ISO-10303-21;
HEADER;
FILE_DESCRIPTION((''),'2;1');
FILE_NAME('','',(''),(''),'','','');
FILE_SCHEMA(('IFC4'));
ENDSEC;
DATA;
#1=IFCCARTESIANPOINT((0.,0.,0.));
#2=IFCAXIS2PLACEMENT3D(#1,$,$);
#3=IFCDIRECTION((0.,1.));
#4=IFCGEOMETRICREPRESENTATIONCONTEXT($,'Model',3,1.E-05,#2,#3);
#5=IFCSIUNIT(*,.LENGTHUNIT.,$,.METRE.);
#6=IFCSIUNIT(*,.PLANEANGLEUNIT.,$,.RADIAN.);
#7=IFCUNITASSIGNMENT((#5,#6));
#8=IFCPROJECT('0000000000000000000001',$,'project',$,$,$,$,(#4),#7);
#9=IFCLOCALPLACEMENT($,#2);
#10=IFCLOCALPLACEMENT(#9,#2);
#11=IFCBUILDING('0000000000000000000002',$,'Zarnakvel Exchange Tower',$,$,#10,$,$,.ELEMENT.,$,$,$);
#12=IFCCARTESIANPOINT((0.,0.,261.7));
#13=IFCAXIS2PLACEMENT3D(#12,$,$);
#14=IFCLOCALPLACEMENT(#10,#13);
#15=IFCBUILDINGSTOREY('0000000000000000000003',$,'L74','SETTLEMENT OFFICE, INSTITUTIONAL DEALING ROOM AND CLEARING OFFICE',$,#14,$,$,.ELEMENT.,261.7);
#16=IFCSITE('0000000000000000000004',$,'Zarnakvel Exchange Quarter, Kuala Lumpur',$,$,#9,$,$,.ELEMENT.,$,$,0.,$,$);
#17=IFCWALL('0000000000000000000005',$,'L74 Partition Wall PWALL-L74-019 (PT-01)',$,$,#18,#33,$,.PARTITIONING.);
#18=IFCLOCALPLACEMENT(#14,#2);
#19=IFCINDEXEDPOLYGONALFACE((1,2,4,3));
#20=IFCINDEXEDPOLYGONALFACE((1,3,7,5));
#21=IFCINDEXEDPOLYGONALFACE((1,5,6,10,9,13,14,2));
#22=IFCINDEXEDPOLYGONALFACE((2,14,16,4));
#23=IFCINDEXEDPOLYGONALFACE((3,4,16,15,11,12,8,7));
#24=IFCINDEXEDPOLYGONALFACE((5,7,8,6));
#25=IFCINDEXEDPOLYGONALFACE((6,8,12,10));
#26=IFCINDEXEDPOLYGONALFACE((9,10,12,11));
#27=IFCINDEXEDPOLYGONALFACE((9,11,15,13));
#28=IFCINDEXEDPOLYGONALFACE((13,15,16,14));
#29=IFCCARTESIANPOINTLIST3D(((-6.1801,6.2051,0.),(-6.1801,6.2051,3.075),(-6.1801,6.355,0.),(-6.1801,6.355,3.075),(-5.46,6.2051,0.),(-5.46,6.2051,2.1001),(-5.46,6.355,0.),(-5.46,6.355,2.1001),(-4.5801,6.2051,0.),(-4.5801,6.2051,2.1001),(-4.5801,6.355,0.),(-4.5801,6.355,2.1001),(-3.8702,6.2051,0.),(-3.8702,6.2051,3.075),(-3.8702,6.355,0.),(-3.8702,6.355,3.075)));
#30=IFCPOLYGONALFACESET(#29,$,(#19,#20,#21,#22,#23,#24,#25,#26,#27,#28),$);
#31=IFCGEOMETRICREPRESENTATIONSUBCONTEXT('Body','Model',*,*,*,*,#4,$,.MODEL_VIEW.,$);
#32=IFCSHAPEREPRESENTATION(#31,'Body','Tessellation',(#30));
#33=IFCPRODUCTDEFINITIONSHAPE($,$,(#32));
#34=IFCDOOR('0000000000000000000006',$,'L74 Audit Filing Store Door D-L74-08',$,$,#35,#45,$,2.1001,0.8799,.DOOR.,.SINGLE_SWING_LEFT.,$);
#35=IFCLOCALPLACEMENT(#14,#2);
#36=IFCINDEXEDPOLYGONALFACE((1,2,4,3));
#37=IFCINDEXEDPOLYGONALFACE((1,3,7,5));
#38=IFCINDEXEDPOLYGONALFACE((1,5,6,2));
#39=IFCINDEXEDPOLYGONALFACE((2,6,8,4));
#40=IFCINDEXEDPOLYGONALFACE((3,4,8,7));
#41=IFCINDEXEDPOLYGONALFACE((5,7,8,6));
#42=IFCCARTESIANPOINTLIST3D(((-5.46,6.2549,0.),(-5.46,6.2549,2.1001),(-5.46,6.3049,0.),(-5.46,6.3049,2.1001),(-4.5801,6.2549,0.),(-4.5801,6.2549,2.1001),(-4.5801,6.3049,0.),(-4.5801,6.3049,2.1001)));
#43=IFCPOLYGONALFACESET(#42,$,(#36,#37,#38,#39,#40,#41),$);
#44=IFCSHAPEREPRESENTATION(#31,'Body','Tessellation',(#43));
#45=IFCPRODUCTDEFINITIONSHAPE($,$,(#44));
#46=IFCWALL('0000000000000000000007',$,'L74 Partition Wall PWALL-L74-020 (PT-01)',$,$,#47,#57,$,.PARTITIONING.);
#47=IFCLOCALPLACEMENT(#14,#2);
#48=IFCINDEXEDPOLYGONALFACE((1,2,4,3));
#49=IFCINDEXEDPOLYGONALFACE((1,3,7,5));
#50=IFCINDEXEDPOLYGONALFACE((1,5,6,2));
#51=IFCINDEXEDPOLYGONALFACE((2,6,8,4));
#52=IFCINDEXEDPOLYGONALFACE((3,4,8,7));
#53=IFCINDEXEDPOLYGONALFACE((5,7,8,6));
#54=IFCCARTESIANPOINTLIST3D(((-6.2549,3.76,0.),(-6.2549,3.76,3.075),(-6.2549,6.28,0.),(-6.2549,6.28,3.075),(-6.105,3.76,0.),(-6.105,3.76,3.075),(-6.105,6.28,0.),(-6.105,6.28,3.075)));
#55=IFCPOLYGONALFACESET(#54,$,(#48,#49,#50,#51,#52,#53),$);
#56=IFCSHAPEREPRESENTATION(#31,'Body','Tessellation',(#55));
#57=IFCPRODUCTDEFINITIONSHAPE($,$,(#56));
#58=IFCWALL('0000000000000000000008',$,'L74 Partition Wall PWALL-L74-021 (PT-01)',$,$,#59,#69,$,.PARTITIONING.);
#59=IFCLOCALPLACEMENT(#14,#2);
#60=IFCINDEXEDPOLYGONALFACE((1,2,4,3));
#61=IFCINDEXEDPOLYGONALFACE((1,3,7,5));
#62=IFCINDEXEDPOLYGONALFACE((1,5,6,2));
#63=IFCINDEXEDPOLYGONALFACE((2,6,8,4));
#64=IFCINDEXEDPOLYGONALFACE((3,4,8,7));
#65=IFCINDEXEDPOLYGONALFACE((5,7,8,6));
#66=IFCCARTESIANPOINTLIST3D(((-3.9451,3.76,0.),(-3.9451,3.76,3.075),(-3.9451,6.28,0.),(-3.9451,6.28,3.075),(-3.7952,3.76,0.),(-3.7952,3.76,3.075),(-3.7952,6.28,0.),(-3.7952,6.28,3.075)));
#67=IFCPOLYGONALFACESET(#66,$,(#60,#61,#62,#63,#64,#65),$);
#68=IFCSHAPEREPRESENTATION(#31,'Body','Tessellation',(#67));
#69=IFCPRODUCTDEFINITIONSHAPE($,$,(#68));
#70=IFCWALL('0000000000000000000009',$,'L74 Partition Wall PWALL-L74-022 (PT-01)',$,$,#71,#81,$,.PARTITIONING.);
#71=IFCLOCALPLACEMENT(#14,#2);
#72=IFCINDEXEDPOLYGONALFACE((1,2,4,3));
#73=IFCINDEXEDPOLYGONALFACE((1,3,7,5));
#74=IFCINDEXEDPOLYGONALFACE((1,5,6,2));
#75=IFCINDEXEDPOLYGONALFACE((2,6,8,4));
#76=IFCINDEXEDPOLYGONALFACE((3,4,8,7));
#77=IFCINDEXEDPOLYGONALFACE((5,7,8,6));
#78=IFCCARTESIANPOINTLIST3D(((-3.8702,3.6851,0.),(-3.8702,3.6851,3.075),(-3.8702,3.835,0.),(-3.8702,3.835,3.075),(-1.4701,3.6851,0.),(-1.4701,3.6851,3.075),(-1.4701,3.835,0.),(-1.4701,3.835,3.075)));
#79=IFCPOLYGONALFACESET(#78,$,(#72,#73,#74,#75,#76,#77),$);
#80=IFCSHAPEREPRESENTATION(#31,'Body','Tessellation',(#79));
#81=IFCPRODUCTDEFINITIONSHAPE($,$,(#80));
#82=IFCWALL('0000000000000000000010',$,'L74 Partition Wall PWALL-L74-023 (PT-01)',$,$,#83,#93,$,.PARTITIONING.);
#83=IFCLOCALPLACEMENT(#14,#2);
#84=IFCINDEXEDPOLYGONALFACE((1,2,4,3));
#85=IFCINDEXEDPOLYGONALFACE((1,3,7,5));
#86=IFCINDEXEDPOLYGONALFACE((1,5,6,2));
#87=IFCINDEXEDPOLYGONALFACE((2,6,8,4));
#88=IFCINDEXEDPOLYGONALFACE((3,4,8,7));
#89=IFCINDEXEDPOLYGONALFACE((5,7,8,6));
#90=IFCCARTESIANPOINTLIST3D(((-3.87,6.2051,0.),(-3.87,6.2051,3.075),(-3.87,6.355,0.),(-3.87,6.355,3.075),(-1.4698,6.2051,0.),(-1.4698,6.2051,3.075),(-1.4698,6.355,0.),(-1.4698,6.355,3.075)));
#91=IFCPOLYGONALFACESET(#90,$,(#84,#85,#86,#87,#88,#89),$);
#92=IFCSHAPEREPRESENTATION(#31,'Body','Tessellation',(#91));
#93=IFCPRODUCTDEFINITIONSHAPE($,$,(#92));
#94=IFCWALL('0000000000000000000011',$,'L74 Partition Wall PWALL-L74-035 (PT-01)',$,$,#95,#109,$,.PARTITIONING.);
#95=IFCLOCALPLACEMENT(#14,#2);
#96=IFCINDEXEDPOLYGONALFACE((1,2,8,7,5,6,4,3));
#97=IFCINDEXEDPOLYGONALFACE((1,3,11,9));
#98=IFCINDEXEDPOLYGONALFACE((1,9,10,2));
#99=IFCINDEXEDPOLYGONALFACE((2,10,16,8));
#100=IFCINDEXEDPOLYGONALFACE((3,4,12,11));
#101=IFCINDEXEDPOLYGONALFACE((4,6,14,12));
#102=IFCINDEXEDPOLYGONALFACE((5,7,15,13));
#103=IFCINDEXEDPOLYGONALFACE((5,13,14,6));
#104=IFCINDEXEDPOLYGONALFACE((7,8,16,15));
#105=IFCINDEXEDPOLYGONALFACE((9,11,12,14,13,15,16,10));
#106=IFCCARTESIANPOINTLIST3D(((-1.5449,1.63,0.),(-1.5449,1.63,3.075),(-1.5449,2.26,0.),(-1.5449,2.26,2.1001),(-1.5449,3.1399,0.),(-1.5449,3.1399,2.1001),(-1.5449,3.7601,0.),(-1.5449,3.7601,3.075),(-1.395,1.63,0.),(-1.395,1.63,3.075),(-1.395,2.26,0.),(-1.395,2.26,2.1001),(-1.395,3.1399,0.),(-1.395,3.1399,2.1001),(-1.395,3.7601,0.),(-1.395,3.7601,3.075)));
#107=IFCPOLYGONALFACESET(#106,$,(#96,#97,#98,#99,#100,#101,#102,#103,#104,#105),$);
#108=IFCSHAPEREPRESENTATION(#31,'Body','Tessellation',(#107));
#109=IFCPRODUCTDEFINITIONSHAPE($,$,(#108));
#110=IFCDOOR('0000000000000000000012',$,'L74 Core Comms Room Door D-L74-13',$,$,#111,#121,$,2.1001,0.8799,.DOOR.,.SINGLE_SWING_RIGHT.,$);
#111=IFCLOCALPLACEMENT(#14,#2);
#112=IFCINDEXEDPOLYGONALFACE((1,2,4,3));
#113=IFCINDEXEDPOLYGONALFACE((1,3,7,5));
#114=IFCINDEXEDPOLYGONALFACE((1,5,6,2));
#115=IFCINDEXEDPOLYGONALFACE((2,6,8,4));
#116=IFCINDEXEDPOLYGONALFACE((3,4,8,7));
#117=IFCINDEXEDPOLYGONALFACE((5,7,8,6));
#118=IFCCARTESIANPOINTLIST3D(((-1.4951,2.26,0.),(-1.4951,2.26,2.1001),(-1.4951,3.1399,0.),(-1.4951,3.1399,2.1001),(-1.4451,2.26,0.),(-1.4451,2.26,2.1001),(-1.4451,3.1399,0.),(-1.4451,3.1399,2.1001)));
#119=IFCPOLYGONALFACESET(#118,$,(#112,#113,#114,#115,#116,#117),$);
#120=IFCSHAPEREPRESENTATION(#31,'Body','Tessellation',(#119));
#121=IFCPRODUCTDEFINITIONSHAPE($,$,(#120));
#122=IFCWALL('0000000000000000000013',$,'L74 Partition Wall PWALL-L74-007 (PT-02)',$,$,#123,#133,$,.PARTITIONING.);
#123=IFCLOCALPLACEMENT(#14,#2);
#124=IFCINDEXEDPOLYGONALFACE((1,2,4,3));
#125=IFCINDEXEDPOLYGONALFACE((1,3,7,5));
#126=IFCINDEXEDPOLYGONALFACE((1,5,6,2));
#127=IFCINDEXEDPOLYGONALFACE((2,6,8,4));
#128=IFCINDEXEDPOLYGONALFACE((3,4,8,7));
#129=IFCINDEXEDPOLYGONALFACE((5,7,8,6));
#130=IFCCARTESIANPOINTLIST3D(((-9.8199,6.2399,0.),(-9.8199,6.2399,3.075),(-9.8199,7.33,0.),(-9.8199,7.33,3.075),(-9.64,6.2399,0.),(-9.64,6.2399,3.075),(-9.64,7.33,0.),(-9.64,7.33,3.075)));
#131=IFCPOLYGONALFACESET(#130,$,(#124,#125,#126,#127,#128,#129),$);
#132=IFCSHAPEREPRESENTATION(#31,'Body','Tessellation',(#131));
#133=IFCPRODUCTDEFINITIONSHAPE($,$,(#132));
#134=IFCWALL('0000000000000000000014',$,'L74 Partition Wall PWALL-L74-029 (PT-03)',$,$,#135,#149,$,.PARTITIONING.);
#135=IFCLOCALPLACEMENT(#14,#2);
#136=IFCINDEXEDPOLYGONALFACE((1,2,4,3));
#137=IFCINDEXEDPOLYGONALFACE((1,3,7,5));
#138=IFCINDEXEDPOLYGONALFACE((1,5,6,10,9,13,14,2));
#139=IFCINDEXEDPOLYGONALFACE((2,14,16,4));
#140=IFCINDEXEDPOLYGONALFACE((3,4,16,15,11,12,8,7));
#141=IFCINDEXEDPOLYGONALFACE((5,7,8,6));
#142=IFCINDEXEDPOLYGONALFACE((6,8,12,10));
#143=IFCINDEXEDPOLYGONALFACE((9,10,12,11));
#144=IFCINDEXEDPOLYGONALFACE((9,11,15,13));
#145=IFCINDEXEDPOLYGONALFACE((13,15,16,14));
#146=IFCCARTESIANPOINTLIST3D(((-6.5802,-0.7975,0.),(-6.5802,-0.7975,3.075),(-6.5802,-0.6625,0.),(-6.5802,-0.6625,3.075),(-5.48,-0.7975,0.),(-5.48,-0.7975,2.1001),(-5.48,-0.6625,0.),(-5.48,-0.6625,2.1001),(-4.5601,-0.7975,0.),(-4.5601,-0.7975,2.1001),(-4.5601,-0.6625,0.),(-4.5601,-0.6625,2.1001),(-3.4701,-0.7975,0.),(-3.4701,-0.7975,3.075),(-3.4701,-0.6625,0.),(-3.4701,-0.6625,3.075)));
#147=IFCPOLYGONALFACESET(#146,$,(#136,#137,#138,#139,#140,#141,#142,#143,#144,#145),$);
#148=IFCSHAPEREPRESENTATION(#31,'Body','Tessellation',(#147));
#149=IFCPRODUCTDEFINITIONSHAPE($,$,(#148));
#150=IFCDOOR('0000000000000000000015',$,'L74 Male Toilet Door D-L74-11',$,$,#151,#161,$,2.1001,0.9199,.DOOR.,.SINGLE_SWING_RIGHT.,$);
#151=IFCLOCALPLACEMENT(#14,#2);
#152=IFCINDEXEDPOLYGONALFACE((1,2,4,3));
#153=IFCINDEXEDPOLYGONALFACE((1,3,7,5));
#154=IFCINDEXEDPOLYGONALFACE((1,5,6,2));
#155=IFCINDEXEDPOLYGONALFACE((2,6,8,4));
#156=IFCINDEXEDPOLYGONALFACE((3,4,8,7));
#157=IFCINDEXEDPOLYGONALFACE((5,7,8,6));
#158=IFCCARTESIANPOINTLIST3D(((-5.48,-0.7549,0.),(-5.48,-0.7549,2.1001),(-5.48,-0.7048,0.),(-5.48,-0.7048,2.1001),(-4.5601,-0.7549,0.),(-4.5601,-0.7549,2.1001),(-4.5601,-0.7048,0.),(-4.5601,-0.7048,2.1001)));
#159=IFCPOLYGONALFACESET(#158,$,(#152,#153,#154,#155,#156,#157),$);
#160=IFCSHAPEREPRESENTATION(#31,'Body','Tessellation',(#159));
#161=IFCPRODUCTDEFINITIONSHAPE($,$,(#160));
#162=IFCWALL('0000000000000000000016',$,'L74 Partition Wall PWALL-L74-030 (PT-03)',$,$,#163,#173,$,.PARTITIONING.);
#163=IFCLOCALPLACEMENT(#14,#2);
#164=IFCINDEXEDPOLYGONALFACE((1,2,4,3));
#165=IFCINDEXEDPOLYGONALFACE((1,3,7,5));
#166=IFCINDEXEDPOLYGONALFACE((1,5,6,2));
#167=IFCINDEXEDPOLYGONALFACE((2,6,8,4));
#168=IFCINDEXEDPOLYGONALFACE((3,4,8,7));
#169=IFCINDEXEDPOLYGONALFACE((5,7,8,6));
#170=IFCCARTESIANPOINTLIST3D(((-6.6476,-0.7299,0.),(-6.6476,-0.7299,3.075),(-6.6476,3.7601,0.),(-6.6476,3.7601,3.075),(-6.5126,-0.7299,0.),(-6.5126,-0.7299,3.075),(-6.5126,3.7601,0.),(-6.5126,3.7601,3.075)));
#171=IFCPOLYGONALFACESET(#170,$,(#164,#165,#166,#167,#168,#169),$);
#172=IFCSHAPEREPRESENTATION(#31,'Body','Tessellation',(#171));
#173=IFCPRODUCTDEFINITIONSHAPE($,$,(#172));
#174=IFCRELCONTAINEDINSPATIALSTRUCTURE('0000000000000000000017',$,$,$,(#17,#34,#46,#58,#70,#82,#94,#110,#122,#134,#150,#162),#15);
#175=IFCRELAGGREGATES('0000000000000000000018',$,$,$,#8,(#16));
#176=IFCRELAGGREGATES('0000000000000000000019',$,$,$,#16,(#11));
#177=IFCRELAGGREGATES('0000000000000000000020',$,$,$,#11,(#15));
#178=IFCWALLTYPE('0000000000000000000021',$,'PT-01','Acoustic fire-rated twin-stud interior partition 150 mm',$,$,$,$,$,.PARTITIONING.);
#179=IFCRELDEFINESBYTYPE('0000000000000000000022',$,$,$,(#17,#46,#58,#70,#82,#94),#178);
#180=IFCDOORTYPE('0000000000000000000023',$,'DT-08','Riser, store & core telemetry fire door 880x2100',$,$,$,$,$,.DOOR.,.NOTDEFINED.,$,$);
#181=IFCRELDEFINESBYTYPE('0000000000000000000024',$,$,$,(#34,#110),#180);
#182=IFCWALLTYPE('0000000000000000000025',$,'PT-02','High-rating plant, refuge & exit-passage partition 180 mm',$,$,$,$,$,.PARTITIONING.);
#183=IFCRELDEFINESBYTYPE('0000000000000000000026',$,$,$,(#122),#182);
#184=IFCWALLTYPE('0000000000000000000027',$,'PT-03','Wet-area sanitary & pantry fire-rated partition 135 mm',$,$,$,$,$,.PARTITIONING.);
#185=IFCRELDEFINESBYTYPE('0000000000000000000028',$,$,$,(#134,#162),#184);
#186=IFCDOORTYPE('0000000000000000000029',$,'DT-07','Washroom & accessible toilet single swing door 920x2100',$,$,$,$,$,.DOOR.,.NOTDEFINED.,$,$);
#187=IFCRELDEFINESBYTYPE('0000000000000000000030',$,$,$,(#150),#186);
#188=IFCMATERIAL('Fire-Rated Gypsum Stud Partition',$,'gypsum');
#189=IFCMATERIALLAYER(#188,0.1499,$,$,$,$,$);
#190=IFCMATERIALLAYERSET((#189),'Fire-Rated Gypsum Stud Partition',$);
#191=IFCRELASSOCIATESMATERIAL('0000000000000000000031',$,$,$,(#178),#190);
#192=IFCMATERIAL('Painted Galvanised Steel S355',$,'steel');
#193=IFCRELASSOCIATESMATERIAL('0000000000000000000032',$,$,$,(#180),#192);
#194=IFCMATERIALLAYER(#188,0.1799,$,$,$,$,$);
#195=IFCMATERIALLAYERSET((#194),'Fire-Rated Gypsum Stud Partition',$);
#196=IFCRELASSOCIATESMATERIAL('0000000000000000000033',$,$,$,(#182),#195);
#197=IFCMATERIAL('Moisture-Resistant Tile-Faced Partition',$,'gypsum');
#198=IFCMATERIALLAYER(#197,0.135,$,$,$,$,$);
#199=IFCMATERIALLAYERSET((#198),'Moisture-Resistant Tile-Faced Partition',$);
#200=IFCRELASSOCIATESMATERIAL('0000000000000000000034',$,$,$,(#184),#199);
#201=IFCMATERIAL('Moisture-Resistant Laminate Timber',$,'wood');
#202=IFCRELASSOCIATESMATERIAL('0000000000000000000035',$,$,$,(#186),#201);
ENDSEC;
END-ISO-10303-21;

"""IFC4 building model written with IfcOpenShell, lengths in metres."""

from ifc_helpers import new_model, si_unit, direction, frame, frame_2d, origin, place, context, subcontext, project, spatial, rectangle, extrude, source, transform, mapped, material, layer, layer_set, type_object, element, fill, save


model = new_model("IFC4")

# Units and contexts
model_context = context("Model", 3, precision=1e-05, world=origin(), true_north=direction((0.0, 1.0)))
body_context = subcontext(model_context, "Body", "Model", "MODEL_VIEW")
ifc_project = project(units=[si_unit("LENGTHUNIT", "METRE"), si_unit("PLANEANGLEUNIT", "RADIAN")], contexts=[model_context])

# Site, building, storey
site_placement = place(None, origin())
site = spatial("IfcSite", under=ifc_project, at=site_placement, Name="Zarnakvel Exchange Quarter, Kuala Lumpur", CompositionType="ELEMENT", RefElevation=0.0)
building_placement = place(site_placement, origin())
building = spatial("IfcBuilding", under=site, at=building_placement, Name="Zarnakvel Exchange Tower", CompositionType="ELEMENT")
storey_placement = place(building_placement, frame((0.0, 0.0, 261.7)))
storey = spatial("IfcBuildingStorey", under=building, at=storey_placement, Name="L74", Description="SETTLEMENT OFFICE, INSTITUTIONAL DEALING ROOM AND CLEARING OFFICE", CompositionType="ELEMENT", Elevation=261.7)

# Shared definitions
ifc_material_1 = material(Name="Fire-Rated Gypsum Stud Partition", Category="gypsum")
ifc_layer_1 = layer(ifc_material_1, 0.1499)
ifc_layer_set_1 = layer_set([ifc_layer_1], Name="Fire-Rated Gypsum Stud Partition")
wall_type_1 = type_object("IfcWallType", Name="PT-01", Description="Acoustic fire-rated twin-stud interior partition 150 mm", PredefinedType="PARTITIONING", material=ifc_layer_set_1)

# Wall, opening, door
wall_1_placement = place(storey_placement, frame((-6.1799, 6.28, 0.0), z_axis=(0.0, 0.0, 1.0), x_axis=(1.0, 0.0, 0.0)))
wall_1 = element("IfcWall", 1, at=wall_1_placement, inside=storey, type_object=wall_type_1, Name="L74 Partition Wall PWALL-L74-019 (PT-01)", PredefinedType="PARTITIONING", context=body_context, shape_type="SweptSolid", body=[
    extrude(rectangle(XDim=2.3098, YDim=0.1499, at=frame_2d((1.1548, 0.0))), origin(), (0.0, 0.0, 1.0), 3.075),
])
opening_1_placement = place(wall_1_placement, frame((0.72, 0.0, 0.0)))
opening_1 = element("IfcOpeningElement", 2, at=opening_1_placement, cuts=wall_1, PredefinedType="OPENING", context=body_context, shape_type="SweptSolid", body=[
    extrude(rectangle(XDim=0.8799, YDim=2.1001, at=frame_2d((0.4399, 1.05))), frame((0.0, 0.085, 0.0), z_axis=(0.0, -1.0, 0.0), x_axis=(1.0, 0.0, 0.0)), (0.0, 0.0, 1.0), 0.1699),
])
ifc_material_2 = material(Name="Painted Galvanised Steel S355", Category="steel")
door_type_1 = type_object("IfcDoorType", Name="DT-08", Description="Riser, store & core telemetry fire door 880x2100", OperationType="NOTDEFINED", PredefinedType="DOOR", material=ifc_material_2)
shared_shape_1 = source(origin(), body_context, "Body", "SweptSolid", [
    extrude(rectangle(XDim=0.8799, YDim=2.1001, at=frame_2d((0.4399, 1.05))), frame((0.0, 0.0249, 0.0), z_axis=(0.0, -1.0, 0.0), x_axis=(1.0, 0.0, 0.0)), (0.0, 0.0, 1.0), 0.05),
])
door_1_placement = place(opening_1_placement, origin())
door_1 = element("IfcDoor", 3, at=door_1_placement, inside=storey, type_object=door_type_1, Name="L74 Audit Filing Store Door D-L74-08", OperationType="SINGLE_SWING_LEFT", OverallHeight=2.1001, OverallWidth=0.8799, PredefinedType="DOOR", context=body_context, shape_type="MappedRepresentation", body=[
    mapped(shared_shape_1, transform((0.0, 0.0, 0.0), x_axis=(1.0, 0.0, 0.0), y_axis=(0.0, 1.0, 0.0), z_axis=(0.0, 0.0, 1.0), scale=1.0)),
])
fill(opening_1, door_1)

# Walls
for number, where, z_axis, x_axis, name in (
    (4, (-6.1799, 3.76, 0.0), (0.0, 0.0, 1.0), (0.0, 1.0, 0.0), "L74 Partition Wall PWALL-L74-020 (PT-01)"),
    (5, (-3.8701, 6.28, 0.0), (0.0, 0.0, 1.0), (0.0, -1.0, 0.0), "L74 Partition Wall PWALL-L74-021 (PT-01)"),
):
    element("IfcWall", number, at=place(storey_placement, frame(where, z_axis=z_axis, x_axis=x_axis)), inside=storey, type_object=wall_type_1, Name=name, PredefinedType="PARTITIONING", context=body_context, shape_type="SweptSolid", body=[
        extrude(rectangle(XDim=2.52, YDim=0.1499, at=frame_2d((1.26, 0.0))), origin(), (0.0, 0.0, 1.0), 3.075),
    ])
for number, where, z_axis, x_axis, name in (
    (6, (-1.47, 3.76, 0.0), (0.0, 0.0, 1.0), (-1.0, 0.0, 0.0), "L74 Partition Wall PWALL-L74-022 (PT-01)"),
    (7, (-3.8701, 6.28, 0.0), (0.0, 0.0, 1.0), (1.0, 0.0, 0.0), "L74 Partition Wall PWALL-L74-023 (PT-01)"),
):
    element("IfcWall", number, at=place(storey_placement, frame(where, z_axis=z_axis, x_axis=x_axis)), inside=storey, type_object=wall_type_1, Name=name, PredefinedType="PARTITIONING", context=body_context, shape_type="SweptSolid", body=[
        extrude(rectangle(XDim=2.4001, YDim=0.1499, at=frame_2d((1.2002, 0.0))), origin(), (0.0, 0.0, 1.0), 3.075),
    ])

# Wall, opening, door
wall_2_placement = place(storey_placement, frame((-1.47, 3.76, 0.0), z_axis=(0.0, 0.0, 1.0), x_axis=(0.0, -1.0, 0.0)))
wall_2 = element("IfcWall", 8, at=wall_2_placement, inside=storey, type_object=wall_type_1, Name="L74 Partition Wall PWALL-L74-035 (PT-01)", PredefinedType="PARTITIONING", context=body_context, shape_type="SweptSolid", body=[
    extrude(rectangle(XDim=2.1301, YDim=0.1499, at=frame_2d((1.0649, 0.0))), origin(), (0.0, 0.0, 1.0), 3.075),
])
opening_2_placement = place(wall_2_placement, frame((0.6201, 0.0, 0.0)))
opening_2 = element("IfcOpeningElement", 9, at=opening_2_placement, cuts=wall_2, PredefinedType="OPENING", context=body_context, shape_type="SweptSolid", body=[
    extrude(rectangle(XDim=0.8799, YDim=2.1001, at=frame_2d((0.4399, 1.05))), frame((0.0, 0.085, 0.0), z_axis=(0.0, -1.0, 0.0), x_axis=(1.0, 0.0, 0.0)), (0.0, 0.0, 1.0), 0.1699),
])
door_2_placement = place(opening_2_placement, origin())
door_2 = element("IfcDoor", 10, at=door_2_placement, inside=storey, type_object=door_type_1, Name="L74 Core Comms Room Door D-L74-13", OperationType="SINGLE_SWING_RIGHT", OverallHeight=2.1001, OverallWidth=0.8799, PredefinedType="DOOR", context=body_context, shape_type="MappedRepresentation", body=[
    mapped(shared_shape_1, transform((0.0, 0.0, 0.0), x_axis=(1.0, 0.0, 0.0), y_axis=(0.0, 1.0, 0.0), z_axis=(0.0, 0.0, 1.0), scale=1.0)),
])
fill(opening_2, door_2)

# Wall
ifc_layer_2 = layer(ifc_material_1, 0.1799)
ifc_layer_set_2 = layer_set([ifc_layer_2], Name="Fire-Rated Gypsum Stud Partition")
wall_type_2 = type_object("IfcWallType", Name="PT-02", Description="High-rating plant, refuge & exit-passage partition 180 mm", PredefinedType="PARTITIONING", material=ifc_layer_set_2)
wall_3_placement = place(storey_placement, frame((-9.73, 6.24, 0.0), z_axis=(0.0, 0.0, 1.0), x_axis=(0.0, 1.0, 0.0)))
element("IfcWall", 11, at=wall_3_placement, inside=storey, type_object=wall_type_2, Name="L74 Partition Wall PWALL-L74-007 (PT-02)", PredefinedType="PARTITIONING", context=body_context, shape_type="SweptSolid", body=[
    extrude(rectangle(XDim=1.0901, YDim=0.1799, at=frame_2d((0.5449, 0.0))), origin(), (0.0, 0.0, 1.0), 3.075),
])

# Wall, opening, door
ifc_material_3 = material(Name="Moisture-Resistant Tile-Faced Partition", Category="gypsum")
ifc_layer_3 = layer(ifc_material_3, 0.135)
ifc_layer_set_3 = layer_set([ifc_layer_3], Name="Moisture-Resistant Tile-Faced Partition")
wall_type_3 = type_object("IfcWallType", Name="PT-03", Description="Wet-area sanitary & pantry fire-rated partition 135 mm", PredefinedType="PARTITIONING", material=ifc_layer_set_3)
wall_4_placement = place(storey_placement, frame((-3.47, -0.73, 0.0), z_axis=(0.0, 0.0, 1.0), x_axis=(-1.0, 0.0, 0.0)))
wall_4 = element("IfcWall", 12, at=wall_4_placement, inside=storey, type_object=wall_type_3, Name="L74 Partition Wall PWALL-L74-029 (PT-03)", PredefinedType="PARTITIONING", context=body_context, shape_type="SweptSolid", body=[
    extrude(rectangle(XDim=3.1101, YDim=0.135, at=frame_2d((1.5552, 0.0))), origin(), (0.0, 0.0, 1.0), 3.075),
])
opening_3_placement = place(wall_4_placement, frame((1.0901, 0.0, 0.0)))
opening_3 = element("IfcOpeningElement", 13, at=opening_3_placement, cuts=wall_4, PredefinedType="OPENING", context=body_context, shape_type="SweptSolid", body=[
    extrude(rectangle(XDim=0.9199, YDim=2.1001, at=frame_2d((0.46, 1.05))), frame((0.0, 0.0774, 0.0), z_axis=(0.0, -1.0, 0.0), x_axis=(1.0, 0.0, 0.0)), (0.0, 0.0, 1.0), 0.155),
])
ifc_material_4 = material(Name="Moisture-Resistant Laminate Timber", Category="wood")
door_type_2 = type_object("IfcDoorType", Name="DT-07", Description="Washroom & accessible toilet single swing door 920x2100", OperationType="NOTDEFINED", PredefinedType="DOOR", material=ifc_material_4)
shared_shape_2 = source(origin(), body_context, "Body", "SweptSolid", [
    extrude(rectangle(XDim=0.9199, YDim=2.1001, at=frame_2d((0.46, 1.05))), frame((0.0, 0.0249, 0.0), z_axis=(0.0, -1.0, 0.0), x_axis=(1.0, 0.0, 0.0)), (0.0, 0.0, 1.0), 0.05),
])
door_3_placement = place(opening_3_placement, origin())
door_3 = element("IfcDoor", 14, at=door_3_placement, inside=storey, type_object=door_type_2, Name="L74 Male Toilet Door D-L74-11", OperationType="SINGLE_SWING_RIGHT", OverallHeight=2.1001, OverallWidth=0.9199, PredefinedType="DOOR", context=body_context, shape_type="MappedRepresentation", body=[
    mapped(shared_shape_2, transform((0.0, 0.0, 0.0), x_axis=(1.0, 0.0, 0.0), y_axis=(0.0, 1.0, 0.0), z_axis=(0.0, 0.0, 1.0), scale=1.0)),
])
fill(opening_3, door_3)

# Wall
for number, where, z_axis, x_axis, name in (
    (15, (-6.5801, -0.73, 0.0), (0.0, 0.0, 1.0), (0.0, 1.0, 0.0), "L74 Partition Wall PWALL-L74-030 (PT-03)"),
):
    element("IfcWall", number, at=place(storey_placement, frame(where, z_axis=z_axis, x_axis=x_axis)), inside=storey, type_object=wall_type_3, Name=name, PredefinedType="PARTITIONING", context=body_context, shape_type="SweptSolid", body=[
        extrude(rectangle(XDim=4.49, YDim=0.135, at=frame_2d((2.2451, 0.0))), origin(), (0.0, 0.0, 1.0), 3.075),
    ])

save(model, "model.ifc")
